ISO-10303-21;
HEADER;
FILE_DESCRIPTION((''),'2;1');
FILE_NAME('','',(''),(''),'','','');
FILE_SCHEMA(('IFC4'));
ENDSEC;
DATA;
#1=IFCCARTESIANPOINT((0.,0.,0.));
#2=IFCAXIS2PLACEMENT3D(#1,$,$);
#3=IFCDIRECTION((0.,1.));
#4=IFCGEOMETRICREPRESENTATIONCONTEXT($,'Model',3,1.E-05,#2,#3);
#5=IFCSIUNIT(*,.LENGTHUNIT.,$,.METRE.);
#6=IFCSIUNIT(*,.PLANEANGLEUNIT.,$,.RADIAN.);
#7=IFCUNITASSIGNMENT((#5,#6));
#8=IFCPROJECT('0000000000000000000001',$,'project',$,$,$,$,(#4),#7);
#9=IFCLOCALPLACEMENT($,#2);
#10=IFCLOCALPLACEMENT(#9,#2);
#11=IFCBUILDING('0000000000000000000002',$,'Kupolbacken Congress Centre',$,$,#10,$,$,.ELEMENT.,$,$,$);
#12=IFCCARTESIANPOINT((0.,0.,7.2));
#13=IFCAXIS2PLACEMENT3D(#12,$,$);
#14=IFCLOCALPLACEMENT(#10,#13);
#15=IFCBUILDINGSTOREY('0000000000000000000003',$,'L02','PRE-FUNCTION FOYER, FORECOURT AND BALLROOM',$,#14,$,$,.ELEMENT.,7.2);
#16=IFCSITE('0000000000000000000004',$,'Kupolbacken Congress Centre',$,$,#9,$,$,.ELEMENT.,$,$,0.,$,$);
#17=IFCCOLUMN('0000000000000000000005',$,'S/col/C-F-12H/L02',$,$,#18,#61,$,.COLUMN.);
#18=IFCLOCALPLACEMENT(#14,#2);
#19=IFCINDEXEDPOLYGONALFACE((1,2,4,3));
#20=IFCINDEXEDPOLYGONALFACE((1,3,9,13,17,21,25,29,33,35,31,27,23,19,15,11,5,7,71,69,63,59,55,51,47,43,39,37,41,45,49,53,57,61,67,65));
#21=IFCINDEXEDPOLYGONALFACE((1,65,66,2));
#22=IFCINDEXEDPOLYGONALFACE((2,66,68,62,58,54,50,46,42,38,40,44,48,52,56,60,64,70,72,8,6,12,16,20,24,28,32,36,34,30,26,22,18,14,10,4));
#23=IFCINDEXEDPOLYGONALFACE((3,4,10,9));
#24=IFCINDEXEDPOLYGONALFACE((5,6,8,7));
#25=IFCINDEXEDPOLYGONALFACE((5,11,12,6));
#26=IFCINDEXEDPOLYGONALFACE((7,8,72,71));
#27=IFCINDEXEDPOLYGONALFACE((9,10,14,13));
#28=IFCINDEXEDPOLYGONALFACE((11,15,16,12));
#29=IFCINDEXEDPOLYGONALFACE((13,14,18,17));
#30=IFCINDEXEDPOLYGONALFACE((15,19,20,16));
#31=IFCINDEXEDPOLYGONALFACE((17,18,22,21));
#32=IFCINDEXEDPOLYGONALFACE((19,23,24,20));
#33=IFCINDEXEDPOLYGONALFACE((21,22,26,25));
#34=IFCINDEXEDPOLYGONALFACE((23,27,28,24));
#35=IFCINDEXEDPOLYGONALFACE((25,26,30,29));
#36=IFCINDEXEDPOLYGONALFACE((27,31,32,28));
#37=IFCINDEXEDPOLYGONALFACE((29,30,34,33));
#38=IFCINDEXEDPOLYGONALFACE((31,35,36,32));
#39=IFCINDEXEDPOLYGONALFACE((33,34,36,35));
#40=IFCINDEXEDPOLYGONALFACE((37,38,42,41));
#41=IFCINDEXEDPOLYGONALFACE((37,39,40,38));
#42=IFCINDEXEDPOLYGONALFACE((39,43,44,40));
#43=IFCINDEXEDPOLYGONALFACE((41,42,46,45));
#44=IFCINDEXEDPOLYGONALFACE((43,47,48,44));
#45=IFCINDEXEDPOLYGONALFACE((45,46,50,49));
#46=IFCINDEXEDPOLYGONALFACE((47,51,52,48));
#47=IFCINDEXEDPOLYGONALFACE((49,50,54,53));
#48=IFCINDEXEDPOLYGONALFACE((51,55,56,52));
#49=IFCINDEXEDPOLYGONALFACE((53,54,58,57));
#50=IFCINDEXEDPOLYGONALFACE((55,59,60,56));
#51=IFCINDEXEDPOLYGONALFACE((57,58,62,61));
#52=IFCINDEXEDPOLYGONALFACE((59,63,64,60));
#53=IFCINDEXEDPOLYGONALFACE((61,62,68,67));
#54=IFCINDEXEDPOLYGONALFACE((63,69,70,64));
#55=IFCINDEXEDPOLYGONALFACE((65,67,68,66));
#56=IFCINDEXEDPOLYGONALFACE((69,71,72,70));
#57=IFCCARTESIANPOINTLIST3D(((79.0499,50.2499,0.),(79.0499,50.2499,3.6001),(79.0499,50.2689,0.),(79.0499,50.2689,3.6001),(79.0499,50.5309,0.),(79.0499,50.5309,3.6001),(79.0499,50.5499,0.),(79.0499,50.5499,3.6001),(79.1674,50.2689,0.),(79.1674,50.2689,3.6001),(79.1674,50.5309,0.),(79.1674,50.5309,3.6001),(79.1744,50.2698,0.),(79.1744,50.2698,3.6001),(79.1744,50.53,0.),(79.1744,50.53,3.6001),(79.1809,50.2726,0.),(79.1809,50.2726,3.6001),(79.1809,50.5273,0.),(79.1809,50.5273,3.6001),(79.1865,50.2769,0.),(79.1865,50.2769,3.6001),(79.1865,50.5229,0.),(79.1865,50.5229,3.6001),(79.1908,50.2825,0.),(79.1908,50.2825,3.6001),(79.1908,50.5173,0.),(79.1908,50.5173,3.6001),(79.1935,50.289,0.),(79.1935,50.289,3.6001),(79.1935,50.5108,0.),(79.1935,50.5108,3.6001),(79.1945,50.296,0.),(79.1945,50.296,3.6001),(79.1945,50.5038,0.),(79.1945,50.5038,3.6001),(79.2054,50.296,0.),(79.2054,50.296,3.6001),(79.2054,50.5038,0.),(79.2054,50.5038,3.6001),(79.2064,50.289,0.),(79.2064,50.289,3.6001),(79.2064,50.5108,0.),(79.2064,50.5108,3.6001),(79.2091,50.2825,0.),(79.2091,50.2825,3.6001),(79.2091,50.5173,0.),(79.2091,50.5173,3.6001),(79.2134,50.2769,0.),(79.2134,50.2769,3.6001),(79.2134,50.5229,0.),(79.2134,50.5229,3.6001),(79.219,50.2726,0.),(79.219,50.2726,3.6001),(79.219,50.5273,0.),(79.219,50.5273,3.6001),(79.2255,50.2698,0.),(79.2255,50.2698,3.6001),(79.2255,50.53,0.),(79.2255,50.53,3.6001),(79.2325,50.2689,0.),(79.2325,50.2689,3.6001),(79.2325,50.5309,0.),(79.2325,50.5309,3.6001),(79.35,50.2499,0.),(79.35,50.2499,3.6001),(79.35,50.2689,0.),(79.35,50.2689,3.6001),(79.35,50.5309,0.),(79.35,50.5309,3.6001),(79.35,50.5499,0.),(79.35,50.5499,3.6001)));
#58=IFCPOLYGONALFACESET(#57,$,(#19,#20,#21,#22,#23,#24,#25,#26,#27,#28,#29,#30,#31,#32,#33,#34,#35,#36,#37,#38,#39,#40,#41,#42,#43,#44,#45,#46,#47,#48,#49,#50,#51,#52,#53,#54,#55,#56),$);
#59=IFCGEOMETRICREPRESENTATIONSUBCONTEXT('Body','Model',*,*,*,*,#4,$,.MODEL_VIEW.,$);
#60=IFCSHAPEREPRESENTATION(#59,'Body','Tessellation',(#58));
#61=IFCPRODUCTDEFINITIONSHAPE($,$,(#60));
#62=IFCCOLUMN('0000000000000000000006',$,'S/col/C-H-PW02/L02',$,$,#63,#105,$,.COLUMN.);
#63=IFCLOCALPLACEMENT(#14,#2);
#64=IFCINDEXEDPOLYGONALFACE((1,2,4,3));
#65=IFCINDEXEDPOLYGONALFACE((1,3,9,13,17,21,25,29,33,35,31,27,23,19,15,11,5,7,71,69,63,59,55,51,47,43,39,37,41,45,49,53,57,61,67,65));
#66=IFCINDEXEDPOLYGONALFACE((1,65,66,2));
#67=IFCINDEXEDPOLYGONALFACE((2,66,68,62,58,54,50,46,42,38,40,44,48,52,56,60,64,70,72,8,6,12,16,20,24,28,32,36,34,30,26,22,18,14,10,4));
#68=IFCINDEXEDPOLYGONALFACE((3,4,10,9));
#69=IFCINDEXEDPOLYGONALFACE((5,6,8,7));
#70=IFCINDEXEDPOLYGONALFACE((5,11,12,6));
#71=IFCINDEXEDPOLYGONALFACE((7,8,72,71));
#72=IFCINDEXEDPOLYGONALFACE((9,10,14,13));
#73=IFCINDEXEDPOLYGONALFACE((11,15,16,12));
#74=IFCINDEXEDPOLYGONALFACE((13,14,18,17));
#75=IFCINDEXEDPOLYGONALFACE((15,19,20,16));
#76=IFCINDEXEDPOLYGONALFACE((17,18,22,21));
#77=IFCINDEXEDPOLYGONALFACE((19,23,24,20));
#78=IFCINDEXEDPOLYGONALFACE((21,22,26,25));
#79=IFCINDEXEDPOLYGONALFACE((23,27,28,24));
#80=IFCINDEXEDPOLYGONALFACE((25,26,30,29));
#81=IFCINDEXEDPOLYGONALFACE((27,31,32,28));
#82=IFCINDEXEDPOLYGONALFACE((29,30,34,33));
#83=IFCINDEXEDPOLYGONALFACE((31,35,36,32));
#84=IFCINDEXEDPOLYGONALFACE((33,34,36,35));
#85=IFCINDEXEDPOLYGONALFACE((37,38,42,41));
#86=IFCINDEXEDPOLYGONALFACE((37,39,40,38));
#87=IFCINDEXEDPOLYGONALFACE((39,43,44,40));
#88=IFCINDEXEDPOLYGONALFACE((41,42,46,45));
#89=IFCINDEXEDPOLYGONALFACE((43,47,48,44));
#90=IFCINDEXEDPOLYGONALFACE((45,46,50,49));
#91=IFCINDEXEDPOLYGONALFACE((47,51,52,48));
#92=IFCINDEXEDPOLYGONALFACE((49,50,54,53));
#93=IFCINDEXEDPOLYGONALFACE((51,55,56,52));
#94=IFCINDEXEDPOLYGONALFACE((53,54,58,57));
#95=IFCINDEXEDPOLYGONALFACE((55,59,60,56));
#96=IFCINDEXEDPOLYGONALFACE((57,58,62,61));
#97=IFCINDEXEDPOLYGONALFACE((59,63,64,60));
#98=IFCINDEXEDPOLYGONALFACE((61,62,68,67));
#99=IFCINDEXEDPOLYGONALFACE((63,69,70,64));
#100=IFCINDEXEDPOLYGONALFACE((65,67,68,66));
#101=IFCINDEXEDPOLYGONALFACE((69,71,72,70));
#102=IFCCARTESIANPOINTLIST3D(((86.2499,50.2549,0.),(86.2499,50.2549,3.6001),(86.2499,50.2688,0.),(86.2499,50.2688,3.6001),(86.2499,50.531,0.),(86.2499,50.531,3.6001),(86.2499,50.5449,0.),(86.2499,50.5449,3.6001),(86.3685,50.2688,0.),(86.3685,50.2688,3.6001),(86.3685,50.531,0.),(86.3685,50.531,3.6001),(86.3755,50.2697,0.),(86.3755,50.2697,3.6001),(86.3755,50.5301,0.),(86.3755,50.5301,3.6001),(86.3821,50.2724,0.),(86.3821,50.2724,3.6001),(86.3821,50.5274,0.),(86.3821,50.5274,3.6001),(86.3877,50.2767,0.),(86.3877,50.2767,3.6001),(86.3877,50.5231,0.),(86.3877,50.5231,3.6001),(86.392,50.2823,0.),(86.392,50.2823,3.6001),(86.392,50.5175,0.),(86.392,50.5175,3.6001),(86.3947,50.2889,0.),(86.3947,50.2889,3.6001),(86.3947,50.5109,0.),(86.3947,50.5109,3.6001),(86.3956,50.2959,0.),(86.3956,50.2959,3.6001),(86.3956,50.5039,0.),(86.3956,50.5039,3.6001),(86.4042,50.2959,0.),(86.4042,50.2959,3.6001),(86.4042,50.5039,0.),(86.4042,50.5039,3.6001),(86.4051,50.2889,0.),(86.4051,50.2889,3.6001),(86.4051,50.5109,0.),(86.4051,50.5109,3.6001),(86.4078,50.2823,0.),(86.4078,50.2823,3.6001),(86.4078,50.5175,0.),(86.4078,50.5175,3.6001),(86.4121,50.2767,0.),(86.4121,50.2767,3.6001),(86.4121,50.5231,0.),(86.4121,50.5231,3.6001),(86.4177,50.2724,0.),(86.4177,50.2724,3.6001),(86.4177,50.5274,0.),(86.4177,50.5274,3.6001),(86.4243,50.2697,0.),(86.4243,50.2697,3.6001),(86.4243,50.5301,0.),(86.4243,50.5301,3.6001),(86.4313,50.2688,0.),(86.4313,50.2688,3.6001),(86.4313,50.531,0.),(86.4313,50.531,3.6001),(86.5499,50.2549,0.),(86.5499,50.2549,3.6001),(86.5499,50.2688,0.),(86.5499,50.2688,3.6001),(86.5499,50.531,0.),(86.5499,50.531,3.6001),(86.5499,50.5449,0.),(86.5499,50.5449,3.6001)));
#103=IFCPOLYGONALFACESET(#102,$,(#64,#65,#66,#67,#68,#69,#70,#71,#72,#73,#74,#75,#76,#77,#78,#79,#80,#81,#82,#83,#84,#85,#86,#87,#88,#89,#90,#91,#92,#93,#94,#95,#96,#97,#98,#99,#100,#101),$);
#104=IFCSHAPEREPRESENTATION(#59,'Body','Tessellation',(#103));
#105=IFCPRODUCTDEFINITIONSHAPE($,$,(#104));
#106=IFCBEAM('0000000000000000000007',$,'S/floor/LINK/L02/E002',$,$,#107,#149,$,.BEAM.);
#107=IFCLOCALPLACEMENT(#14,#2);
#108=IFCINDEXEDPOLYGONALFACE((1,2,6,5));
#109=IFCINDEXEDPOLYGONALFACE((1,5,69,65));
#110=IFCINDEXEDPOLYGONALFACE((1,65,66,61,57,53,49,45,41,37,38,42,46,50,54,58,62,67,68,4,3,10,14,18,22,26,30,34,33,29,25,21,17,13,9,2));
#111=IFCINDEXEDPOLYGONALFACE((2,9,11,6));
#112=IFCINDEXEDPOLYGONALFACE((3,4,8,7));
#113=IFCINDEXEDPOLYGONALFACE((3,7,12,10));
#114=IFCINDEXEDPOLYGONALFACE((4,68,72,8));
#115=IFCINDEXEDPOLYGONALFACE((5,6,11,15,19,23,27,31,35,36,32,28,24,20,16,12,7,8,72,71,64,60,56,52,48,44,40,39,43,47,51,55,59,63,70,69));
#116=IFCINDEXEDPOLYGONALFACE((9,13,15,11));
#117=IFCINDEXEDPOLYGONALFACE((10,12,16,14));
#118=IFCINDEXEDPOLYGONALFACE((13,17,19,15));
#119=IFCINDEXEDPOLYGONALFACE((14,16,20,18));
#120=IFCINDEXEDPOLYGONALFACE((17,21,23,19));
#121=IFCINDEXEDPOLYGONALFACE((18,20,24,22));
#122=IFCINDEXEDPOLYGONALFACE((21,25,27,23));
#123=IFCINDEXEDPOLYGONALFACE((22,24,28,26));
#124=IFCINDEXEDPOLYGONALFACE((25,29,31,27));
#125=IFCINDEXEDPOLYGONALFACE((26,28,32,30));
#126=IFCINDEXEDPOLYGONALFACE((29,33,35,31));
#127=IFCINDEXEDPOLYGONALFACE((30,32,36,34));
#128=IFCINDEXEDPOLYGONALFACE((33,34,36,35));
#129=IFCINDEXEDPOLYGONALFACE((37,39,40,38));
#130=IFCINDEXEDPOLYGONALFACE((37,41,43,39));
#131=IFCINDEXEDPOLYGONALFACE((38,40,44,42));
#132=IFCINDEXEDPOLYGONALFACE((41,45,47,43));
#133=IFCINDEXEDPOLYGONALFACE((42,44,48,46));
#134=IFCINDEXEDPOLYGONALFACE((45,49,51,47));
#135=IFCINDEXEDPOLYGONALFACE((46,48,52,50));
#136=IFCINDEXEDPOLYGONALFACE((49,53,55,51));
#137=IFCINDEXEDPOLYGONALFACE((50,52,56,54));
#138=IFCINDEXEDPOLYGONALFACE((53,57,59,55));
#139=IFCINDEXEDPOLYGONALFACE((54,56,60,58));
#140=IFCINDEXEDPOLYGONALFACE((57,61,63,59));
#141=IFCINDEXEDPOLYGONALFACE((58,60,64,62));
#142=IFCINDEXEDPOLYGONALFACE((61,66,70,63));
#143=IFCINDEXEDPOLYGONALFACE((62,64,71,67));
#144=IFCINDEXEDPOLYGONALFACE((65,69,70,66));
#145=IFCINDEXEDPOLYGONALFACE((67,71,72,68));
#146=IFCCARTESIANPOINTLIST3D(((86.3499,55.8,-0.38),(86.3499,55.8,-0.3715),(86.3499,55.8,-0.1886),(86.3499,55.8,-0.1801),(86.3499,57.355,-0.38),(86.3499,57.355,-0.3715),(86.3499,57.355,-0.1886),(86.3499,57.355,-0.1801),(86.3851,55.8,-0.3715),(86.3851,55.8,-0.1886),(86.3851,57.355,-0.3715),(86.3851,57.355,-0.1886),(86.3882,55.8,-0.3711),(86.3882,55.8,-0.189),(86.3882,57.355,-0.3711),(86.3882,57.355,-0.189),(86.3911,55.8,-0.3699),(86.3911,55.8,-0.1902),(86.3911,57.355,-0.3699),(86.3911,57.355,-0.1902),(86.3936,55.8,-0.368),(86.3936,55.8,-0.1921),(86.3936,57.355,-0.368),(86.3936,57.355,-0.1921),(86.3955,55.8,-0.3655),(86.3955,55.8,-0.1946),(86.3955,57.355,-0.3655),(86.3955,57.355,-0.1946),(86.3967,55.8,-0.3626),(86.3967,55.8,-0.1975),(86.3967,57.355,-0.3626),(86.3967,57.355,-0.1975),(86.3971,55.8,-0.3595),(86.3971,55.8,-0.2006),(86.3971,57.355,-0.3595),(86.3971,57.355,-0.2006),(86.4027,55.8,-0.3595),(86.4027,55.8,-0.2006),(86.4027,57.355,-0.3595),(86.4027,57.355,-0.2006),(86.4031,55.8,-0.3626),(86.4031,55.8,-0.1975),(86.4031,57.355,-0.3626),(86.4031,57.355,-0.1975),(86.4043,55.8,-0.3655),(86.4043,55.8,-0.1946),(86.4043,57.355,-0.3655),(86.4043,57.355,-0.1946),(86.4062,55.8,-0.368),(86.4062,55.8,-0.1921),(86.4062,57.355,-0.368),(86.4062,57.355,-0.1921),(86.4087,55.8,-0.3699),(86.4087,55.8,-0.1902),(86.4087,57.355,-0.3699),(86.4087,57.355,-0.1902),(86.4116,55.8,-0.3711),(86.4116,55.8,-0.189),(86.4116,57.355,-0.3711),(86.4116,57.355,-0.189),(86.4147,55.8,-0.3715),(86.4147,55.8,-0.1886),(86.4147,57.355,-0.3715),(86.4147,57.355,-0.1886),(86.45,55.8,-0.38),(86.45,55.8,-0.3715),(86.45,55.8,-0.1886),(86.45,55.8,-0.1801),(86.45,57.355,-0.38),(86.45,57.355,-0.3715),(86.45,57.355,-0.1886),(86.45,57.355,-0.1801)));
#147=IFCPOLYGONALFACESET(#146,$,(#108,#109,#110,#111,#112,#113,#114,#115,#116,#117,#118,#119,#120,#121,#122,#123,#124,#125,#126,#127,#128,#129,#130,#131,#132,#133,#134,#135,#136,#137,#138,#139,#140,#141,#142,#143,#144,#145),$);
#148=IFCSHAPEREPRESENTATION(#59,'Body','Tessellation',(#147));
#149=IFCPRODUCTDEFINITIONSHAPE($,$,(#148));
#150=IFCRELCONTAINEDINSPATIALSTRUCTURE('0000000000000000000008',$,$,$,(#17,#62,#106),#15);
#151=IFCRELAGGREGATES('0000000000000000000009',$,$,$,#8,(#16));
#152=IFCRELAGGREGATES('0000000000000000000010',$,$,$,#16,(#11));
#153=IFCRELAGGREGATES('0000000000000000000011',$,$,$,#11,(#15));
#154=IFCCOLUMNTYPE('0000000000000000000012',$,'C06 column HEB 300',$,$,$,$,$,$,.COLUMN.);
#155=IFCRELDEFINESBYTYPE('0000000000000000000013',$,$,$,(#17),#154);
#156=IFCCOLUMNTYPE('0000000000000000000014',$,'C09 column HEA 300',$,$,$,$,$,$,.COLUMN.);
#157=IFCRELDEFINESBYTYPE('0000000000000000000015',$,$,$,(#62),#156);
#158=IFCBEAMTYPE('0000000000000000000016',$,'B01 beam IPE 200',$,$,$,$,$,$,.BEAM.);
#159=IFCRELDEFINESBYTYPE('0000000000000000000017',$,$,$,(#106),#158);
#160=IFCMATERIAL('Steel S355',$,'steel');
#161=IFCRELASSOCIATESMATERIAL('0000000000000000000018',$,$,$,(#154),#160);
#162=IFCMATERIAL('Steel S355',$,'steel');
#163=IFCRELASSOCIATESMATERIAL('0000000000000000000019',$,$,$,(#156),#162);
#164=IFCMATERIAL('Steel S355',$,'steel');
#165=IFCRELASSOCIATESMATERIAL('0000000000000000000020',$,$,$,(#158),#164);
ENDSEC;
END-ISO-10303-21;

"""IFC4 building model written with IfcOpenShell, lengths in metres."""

from ifc_helpers import new_model, si_unit, direction, frame, origin, origin_2d, place, context, subcontext, project, spatial, i_section, extrude, material, material_profile, profile_set, type_object, element, save


model = new_model("IFC4")

# Units and contexts
model_context = context("Model", 3, precision=1e-05, world=origin(), true_north=direction((0.0, 1.0)))
body_context = subcontext(model_context, "Body", "Model", "MODEL_VIEW")
ifc_project = project(units=[si_unit("LENGTHUNIT", "METRE"), si_unit("PLANEANGLEUNIT", "RADIAN")], contexts=[model_context])

# Site, building, storey
site_placement = place(None, origin())
site = spatial("IfcSite", under=ifc_project, at=site_placement, Name="Kupolbacken Congress Centre", CompositionType="ELEMENT", RefElevation=0.0)
building_placement = place(site_placement, origin())
building = spatial("IfcBuilding", under=site, at=building_placement, Name="Kupolbacken Congress Centre", CompositionType="ELEMENT")
storey_placement = place(building_placement, frame((0.0, 0.0, 7.2)))
storey = spatial("IfcBuildingStorey", under=building, at=storey_placement, Name="L02", Description="PRE-FUNCTION FOYER, FORECOURT AND BALLROOM", CompositionType="ELEMENT", Elevation=7.2)

# Columns
ifc_material_1 = material(Name="Steel S355", Category="steel")
ifc_material_profile_1 = material_profile(ifc_material_1, i_section(OverallWidth=0.3, OverallDepth=0.3, WebThickness=0.011, FlangeThickness=0.019, FilletRadius=0.0271, at=origin_2d()), Name="HEB 300")
ifc_profile_set_1 = profile_set([ifc_material_profile_1], Name="Steel S355")
column_type_1 = type_object("IfcColumnType", Name="C06 column HEB 300", PredefinedType="COLUMN", material=ifc_profile_set_1)
column_1_placement = place(storey_placement, frame((79.2, 50.3999, 0.0), z_axis=(0.0, 0.0, 1.0), x_axis=(1.0, 0.0, 0.0)))
element("IfcColumn", 1, at=column_1_placement, inside=storey, type_object=column_type_1, Name="S/col/C-F-12H/L02", PredefinedType="COLUMN", context=body_context, shape_type="SweptSolid", body=[
    extrude(i_section(OverallWidth=0.3, OverallDepth=0.3, WebThickness=0.011, FlangeThickness=0.019, FilletRadius=0.0271, at=origin_2d()), origin(), (0.0, 0.0, 1.0), 3.6001),
])
ifc_material_2 = material(Name="Steel S355", Category="steel")
ifc_material_profile_2 = material_profile(ifc_material_2, i_section(OverallWidth=0.3, OverallDepth=0.29, WebThickness=0.0085, FlangeThickness=0.0139, FilletRadius=0.0271, at=origin_2d()), Name="HEA 300")
ifc_profile_set_2 = profile_set([ifc_material_profile_2], Name="Steel S355")
column_type_2 = type_object("IfcColumnType", Name="C09 column HEA 300", PredefinedType="COLUMN", material=ifc_profile_set_2)
column_2_placement = place(storey_placement, frame((86.3999, 50.3999, 0.0), z_axis=(0.0, 0.0, 1.0), x_axis=(1.0, 0.0, 0.0)))
element("IfcColumn", 2, at=column_2_placement, inside=storey, type_object=column_type_2, Name="S/col/C-H-PW02/L02", PredefinedType="COLUMN", context=body_context, shape_type="SweptSolid", body=[
    extrude(i_section(OverallWidth=0.3, OverallDepth=0.29, WebThickness=0.0085, FlangeThickness=0.0139, FilletRadius=0.0271, at=origin_2d()), origin(), (0.0, 0.0, 1.0), 3.6001),
])

# Beam
ifc_material_3 = material(Name="Steel S355", Category="steel")
ifc_material_profile_3 = material_profile(ifc_material_3, i_section(OverallWidth=0.1001, OverallDepth=0.2, WebThickness=0.0056, FlangeThickness=0.0085, FilletRadius=0.012, at=origin_2d()), Name="IPE 200")
ifc_profile_set_3 = profile_set([ifc_material_profile_3], Name="Steel S355")
beam_type_1 = type_object("IfcBeamType", Name="B01 beam IPE 200", PredefinedType="BEAM", material=ifc_profile_set_3)
beam_1_placement = place(storey_placement, frame((86.3999, 55.8, -0.28), z_axis=(0.0, 1.0, 0.0), x_axis=(-1.0, 0.0, 0.0)))
element("IfcBeam", 3, at=beam_1_placement, inside=storey, type_object=beam_type_1, Name="S/floor/LINK/L02/E002", PredefinedType="BEAM", context=body_context, shape_type="SweptSolid", body=[
    extrude(i_section(OverallWidth=0.1001, OverallDepth=0.2, WebThickness=0.0056, FlangeThickness=0.0085, FilletRadius=0.012, at=origin_2d()), origin(), (0.0, 0.0, 1.0), 1.5549),
])

save(model, "model.ifc")
